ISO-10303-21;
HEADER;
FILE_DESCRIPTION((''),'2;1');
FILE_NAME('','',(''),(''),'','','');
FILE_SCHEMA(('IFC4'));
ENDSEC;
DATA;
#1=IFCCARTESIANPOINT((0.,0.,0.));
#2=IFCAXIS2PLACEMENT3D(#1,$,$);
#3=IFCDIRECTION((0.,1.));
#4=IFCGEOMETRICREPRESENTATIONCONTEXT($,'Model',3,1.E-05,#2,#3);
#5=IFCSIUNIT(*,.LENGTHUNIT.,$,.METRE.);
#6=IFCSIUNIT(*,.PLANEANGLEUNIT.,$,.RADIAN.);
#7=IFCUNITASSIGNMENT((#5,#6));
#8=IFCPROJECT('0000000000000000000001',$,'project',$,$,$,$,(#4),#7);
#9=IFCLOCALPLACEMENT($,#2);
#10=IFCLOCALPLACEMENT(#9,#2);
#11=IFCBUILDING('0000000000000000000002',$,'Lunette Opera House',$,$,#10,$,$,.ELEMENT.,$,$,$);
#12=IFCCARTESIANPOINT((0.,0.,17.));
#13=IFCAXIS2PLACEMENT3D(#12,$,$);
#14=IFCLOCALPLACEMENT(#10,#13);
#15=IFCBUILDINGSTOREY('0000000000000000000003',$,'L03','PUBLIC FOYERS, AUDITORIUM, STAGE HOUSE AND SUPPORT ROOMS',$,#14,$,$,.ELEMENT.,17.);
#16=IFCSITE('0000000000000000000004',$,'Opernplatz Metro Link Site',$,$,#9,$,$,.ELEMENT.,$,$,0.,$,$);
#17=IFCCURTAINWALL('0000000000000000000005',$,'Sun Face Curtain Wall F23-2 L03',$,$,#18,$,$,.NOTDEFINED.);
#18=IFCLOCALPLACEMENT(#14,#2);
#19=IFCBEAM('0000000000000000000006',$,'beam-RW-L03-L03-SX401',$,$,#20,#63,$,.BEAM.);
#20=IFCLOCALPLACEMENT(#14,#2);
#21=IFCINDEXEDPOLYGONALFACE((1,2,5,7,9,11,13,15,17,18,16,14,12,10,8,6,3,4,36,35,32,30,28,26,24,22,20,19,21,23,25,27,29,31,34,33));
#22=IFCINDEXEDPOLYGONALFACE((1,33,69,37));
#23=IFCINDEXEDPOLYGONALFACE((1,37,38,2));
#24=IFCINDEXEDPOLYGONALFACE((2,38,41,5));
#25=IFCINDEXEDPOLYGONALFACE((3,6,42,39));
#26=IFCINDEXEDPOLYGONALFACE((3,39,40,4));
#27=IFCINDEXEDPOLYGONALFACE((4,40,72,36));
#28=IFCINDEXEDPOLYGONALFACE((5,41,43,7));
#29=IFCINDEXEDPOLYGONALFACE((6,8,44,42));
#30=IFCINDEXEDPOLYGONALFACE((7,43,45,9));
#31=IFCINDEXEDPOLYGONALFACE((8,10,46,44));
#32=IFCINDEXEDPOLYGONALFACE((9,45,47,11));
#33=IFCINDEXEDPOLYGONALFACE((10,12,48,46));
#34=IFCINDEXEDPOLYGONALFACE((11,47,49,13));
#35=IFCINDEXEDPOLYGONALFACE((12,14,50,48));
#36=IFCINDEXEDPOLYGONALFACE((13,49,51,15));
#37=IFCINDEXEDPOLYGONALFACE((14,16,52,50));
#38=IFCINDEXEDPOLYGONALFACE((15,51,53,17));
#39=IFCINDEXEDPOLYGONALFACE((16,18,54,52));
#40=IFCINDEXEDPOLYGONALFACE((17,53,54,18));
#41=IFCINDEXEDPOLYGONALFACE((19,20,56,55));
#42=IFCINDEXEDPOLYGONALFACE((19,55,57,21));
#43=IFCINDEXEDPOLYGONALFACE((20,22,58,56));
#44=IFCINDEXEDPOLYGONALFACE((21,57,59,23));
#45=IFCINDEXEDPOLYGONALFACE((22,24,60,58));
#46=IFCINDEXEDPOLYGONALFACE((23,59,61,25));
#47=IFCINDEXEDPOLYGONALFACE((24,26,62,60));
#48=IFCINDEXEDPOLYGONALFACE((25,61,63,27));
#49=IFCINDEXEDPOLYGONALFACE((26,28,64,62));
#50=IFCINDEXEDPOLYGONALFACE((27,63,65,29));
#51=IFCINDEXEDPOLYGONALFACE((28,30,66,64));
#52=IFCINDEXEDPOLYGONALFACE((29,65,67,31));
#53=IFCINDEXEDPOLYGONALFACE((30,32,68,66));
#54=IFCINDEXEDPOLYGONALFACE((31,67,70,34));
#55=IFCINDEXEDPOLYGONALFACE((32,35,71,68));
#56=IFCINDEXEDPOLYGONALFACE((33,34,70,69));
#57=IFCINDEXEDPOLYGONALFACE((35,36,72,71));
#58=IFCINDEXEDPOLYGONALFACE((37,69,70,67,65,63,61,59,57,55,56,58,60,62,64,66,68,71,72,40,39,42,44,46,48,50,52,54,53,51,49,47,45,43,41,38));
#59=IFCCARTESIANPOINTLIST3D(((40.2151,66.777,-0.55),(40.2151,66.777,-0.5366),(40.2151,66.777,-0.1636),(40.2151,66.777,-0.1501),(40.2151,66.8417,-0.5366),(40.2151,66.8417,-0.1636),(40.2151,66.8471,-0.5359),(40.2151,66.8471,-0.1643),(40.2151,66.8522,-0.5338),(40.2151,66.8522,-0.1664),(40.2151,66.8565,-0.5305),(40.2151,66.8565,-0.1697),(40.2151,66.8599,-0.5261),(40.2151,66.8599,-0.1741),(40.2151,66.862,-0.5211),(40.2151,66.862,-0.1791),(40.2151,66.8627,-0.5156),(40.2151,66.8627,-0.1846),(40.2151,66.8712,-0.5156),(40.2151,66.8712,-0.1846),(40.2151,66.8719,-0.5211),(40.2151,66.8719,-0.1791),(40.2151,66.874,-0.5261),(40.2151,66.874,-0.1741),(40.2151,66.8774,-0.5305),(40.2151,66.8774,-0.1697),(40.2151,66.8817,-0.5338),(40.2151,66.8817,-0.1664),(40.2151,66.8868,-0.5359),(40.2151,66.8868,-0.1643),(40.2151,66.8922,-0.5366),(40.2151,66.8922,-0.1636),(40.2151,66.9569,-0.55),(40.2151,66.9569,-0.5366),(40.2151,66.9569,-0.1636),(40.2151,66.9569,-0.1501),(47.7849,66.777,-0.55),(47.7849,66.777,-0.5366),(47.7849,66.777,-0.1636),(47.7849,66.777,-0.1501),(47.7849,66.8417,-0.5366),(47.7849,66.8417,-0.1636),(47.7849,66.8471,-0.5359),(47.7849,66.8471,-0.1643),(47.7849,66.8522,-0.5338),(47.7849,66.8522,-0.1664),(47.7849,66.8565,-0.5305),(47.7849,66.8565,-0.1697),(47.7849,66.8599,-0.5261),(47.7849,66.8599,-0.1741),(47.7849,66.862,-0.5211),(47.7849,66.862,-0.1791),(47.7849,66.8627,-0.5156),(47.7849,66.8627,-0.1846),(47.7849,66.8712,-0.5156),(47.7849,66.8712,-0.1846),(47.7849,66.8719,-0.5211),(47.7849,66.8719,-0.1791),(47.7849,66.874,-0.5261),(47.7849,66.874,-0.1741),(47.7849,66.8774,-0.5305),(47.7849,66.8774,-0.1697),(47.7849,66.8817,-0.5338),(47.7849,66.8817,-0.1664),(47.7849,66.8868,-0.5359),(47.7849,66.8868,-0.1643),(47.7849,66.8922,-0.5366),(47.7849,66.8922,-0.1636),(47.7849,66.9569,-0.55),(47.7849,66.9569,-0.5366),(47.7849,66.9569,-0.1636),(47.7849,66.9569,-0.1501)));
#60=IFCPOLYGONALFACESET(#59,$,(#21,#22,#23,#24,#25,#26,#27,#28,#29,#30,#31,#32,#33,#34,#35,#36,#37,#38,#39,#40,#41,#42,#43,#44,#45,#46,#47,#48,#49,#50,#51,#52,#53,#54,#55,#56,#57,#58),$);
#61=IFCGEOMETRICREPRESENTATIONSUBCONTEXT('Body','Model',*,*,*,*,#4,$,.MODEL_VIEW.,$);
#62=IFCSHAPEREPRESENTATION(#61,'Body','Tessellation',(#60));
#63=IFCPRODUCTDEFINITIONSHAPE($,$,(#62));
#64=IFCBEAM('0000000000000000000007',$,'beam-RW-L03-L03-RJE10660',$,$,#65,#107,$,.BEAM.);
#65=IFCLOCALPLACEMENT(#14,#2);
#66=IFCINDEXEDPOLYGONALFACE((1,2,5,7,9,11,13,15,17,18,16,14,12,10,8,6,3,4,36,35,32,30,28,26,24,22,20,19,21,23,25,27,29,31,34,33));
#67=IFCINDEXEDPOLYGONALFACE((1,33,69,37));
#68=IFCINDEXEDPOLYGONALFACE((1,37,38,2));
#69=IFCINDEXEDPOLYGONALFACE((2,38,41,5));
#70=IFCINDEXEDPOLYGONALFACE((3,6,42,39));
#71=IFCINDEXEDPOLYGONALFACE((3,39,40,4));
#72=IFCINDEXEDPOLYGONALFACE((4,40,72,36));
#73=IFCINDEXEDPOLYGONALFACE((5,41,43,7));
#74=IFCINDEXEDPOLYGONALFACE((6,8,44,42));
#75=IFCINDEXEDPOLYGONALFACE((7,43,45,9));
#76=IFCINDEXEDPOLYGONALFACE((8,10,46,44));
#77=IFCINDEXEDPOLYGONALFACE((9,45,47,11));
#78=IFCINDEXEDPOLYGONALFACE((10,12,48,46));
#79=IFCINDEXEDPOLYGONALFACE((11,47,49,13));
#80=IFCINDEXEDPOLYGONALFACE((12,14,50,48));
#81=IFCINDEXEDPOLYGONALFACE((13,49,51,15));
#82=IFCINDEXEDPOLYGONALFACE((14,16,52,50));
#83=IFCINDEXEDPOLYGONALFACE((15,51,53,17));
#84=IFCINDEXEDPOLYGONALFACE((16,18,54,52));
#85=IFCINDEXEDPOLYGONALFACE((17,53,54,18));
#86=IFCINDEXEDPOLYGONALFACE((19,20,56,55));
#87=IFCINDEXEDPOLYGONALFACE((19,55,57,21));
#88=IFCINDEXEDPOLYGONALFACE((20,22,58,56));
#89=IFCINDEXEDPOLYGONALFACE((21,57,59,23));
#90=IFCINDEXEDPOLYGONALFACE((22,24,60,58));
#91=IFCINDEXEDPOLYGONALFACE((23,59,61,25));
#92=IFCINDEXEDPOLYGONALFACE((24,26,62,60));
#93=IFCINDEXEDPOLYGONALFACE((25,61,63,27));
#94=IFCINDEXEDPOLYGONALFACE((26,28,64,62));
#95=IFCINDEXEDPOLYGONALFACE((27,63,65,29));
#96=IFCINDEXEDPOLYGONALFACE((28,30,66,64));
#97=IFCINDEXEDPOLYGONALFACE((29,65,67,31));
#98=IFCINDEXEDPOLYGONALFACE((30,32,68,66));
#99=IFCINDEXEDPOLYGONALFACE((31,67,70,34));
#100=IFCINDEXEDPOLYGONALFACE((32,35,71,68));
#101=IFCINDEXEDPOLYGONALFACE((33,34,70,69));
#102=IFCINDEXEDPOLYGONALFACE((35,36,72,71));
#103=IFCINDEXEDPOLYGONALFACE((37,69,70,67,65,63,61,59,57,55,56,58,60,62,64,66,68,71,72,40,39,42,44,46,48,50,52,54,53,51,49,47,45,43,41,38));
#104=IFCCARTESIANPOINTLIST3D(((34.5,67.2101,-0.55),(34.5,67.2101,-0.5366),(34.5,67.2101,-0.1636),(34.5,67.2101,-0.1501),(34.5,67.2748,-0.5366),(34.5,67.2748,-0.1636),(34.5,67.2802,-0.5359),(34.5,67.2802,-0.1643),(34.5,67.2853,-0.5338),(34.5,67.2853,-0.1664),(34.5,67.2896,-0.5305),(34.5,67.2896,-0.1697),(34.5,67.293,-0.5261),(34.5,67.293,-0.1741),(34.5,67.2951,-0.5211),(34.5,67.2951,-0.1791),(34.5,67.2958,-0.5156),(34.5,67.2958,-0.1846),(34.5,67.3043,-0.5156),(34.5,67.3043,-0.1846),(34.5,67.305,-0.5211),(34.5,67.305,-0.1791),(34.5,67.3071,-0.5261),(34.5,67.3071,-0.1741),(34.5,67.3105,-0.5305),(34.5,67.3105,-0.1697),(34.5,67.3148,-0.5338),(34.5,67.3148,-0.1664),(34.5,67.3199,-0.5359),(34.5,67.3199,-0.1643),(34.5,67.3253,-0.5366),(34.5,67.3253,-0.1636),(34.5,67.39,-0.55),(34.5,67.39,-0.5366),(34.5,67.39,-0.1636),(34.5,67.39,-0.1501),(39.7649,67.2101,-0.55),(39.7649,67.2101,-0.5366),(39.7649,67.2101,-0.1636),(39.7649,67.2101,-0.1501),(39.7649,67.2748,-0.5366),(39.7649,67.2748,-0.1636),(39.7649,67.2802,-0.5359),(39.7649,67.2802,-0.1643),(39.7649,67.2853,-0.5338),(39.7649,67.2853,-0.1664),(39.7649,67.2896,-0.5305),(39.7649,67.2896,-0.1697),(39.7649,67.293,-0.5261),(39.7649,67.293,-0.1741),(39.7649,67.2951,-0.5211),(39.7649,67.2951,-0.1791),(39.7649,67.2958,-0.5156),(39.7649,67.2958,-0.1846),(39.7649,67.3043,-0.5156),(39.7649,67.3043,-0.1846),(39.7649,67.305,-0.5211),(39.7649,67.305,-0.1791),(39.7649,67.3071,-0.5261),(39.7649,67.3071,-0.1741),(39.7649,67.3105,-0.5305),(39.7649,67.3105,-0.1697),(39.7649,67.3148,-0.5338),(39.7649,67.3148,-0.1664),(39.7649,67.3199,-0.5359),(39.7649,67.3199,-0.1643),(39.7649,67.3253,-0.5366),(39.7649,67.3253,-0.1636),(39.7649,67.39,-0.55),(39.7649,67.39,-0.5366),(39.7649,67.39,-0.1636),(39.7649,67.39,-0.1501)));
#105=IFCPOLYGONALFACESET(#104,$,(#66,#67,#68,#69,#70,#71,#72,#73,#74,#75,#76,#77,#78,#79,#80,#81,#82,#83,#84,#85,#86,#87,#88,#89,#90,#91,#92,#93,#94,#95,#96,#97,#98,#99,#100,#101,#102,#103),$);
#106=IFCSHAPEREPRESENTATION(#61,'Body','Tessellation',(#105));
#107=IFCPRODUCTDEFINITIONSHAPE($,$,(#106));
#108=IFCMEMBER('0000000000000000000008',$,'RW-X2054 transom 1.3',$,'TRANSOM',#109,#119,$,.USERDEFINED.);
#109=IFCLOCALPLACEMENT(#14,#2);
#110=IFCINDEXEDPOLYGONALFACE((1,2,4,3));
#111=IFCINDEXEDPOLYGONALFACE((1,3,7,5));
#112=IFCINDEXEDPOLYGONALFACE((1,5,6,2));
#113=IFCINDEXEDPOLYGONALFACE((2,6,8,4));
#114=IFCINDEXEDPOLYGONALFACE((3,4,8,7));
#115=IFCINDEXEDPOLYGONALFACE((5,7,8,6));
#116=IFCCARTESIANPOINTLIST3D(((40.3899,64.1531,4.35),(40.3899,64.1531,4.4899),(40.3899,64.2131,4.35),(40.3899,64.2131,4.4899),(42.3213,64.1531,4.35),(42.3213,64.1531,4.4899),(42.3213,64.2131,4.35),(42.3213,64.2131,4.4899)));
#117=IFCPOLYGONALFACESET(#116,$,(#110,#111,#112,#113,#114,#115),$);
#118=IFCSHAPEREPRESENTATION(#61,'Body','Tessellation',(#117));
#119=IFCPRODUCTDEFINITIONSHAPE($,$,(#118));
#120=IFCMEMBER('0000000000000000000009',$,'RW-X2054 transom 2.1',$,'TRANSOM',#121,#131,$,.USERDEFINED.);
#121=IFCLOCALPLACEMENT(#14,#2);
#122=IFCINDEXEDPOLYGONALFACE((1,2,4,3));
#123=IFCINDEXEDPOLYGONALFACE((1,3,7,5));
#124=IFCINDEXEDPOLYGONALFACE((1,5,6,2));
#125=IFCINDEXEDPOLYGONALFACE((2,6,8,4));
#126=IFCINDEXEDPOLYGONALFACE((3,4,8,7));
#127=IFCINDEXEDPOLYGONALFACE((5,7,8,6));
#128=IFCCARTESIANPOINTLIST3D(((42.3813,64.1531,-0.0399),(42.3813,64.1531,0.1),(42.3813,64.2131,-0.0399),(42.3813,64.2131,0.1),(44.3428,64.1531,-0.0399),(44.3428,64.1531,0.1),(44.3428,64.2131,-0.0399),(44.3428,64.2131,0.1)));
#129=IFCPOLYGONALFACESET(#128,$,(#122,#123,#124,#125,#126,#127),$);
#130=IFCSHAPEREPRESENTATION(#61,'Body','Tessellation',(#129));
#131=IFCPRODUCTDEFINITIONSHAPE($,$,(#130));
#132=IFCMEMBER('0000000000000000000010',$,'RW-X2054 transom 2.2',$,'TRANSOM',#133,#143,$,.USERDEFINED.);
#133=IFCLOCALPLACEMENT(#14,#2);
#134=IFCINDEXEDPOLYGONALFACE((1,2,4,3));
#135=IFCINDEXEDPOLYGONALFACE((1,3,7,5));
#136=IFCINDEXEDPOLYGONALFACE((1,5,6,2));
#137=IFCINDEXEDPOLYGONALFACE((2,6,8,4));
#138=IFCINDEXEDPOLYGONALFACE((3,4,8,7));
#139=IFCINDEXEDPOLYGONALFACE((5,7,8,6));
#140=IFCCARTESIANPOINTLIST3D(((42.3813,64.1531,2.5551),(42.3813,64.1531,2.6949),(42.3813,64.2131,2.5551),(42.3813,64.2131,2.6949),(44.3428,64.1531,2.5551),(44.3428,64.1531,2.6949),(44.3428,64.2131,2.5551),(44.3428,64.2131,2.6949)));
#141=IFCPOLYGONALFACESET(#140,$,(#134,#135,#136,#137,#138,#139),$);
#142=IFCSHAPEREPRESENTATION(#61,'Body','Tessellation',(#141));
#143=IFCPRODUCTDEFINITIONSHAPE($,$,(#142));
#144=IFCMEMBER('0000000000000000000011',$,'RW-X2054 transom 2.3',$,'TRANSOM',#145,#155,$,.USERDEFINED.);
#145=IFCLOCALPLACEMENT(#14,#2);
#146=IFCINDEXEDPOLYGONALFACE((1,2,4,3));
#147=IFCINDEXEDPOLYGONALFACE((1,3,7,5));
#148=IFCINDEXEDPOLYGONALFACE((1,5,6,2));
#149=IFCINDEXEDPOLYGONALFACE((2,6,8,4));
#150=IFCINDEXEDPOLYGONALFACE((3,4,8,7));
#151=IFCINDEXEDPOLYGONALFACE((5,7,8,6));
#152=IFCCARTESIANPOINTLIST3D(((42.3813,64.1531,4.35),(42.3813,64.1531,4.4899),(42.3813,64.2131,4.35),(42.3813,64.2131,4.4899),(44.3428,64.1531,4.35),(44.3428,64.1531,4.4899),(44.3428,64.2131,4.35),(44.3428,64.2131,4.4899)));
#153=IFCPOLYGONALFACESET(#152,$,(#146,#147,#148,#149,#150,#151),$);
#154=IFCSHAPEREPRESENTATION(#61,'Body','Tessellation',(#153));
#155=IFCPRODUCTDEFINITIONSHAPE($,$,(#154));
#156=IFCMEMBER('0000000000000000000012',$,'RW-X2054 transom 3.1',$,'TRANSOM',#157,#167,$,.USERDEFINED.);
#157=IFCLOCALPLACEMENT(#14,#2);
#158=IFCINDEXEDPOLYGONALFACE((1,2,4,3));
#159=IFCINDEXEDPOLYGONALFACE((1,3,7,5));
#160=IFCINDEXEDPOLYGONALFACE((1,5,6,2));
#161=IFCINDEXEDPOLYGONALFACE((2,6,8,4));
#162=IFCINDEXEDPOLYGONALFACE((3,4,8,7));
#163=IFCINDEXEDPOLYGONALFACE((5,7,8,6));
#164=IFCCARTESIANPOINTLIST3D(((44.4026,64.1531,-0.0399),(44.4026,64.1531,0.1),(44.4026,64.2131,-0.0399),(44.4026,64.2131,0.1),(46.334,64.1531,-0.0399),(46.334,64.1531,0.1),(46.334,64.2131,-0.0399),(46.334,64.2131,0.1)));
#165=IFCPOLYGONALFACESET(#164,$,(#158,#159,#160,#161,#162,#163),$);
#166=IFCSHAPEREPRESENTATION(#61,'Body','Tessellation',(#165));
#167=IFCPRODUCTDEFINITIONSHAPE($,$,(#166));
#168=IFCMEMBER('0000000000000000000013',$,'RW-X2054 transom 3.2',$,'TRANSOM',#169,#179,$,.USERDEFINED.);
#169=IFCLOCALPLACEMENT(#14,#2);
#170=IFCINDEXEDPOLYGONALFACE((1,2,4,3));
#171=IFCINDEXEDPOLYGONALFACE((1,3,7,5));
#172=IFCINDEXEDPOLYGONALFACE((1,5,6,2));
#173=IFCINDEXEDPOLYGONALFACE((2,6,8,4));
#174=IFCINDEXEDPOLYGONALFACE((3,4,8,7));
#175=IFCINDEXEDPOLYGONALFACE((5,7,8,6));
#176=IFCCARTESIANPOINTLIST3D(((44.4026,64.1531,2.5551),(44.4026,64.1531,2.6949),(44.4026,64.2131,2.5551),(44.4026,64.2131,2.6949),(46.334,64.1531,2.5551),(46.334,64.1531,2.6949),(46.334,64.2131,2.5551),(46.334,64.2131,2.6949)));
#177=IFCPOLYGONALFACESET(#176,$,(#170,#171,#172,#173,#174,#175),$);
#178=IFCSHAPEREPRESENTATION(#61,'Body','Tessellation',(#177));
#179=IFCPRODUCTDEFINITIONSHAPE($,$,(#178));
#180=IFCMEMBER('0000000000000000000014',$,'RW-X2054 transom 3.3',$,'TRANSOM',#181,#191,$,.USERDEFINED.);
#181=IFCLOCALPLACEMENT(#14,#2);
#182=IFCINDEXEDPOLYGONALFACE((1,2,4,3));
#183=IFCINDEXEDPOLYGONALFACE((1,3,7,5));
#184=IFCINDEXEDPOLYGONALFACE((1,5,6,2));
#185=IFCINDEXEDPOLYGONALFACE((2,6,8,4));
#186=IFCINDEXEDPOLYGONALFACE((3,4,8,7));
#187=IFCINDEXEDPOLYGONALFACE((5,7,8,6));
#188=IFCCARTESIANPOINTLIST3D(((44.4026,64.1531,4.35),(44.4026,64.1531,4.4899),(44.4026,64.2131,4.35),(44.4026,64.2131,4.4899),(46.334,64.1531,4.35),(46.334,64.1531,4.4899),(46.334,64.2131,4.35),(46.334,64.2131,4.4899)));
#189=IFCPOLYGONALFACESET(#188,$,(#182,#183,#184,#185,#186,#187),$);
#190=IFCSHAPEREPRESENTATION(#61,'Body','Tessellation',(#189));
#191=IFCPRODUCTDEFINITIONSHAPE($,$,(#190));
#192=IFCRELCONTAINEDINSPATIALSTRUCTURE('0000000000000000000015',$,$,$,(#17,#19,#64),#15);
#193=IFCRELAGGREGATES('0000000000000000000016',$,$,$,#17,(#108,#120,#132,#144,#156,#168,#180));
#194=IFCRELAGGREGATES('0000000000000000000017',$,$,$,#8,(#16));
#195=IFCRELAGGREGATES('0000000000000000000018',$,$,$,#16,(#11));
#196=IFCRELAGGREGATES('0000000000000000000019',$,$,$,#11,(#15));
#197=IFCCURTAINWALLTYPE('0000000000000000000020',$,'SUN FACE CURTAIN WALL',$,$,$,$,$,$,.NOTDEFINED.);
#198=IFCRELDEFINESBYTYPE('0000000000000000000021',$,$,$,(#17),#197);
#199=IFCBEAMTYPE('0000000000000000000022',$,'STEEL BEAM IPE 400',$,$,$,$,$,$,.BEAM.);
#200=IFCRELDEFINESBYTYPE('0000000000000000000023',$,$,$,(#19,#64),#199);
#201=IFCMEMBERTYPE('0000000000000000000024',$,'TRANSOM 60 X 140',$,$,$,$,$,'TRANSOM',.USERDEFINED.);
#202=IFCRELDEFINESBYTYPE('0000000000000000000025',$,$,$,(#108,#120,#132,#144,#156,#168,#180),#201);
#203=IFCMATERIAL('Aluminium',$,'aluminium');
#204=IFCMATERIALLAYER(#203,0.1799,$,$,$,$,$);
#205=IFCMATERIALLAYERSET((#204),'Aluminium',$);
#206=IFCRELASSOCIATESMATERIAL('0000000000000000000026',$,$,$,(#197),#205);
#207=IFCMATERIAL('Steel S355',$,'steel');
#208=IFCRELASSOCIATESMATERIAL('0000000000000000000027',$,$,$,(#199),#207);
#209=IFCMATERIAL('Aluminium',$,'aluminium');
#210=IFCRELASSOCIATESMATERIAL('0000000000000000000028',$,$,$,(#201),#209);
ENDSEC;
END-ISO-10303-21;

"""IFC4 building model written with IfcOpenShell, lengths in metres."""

from ifc_helpers import new_model, si_unit, direction, frame, origin, origin_2d, place, context, subcontext, project, spatial, rectangle, i_section, extrude, material, layer, layer_set, material_profile, profile_set, type_object, element, aggregate, save


model = new_model("IFC4")

# Units and contexts
model_context = context("Model", 3, precision=1e-05, world=origin(), true_north=direction((0.0, 1.0)))
body_context = subcontext(model_context, "Body", "Model", "MODEL_VIEW")
ifc_project = project(units=[si_unit("LENGTHUNIT", "METRE"), si_unit("PLANEANGLEUNIT", "RADIAN")], contexts=[model_context])

# Site, building, storey
site_placement = place(None, origin())
site = spatial("IfcSite", under=ifc_project, at=site_placement, Name="Opernplatz Metro Link Site", CompositionType="ELEMENT", RefElevation=0.0)
building_placement = place(site_placement, origin())
building = spatial("IfcBuilding", under=site, at=building_placement, Name="Lunette Opera House", CompositionType="ELEMENT")
storey_placement = place(building_placement, frame((0.0, 0.0, 17.0)))
storey = spatial("IfcBuildingStorey", under=building, at=storey_placement, Name="L03", Description="PUBLIC FOYERS, AUDITORIUM, STAGE HOUSE AND SUPPORT ROOMS", CompositionType="ELEMENT", Elevation=17.0)

# Curtain wall
ifc_material_1 = material(Name="Aluminium", Category="aluminium")
ifc_layer_1 = layer(ifc_material_1, 0.1799)
ifc_layer_set_1 = layer_set([ifc_layer_1], Name="Aluminium")
curtain_wall_type = type_object("IfcCurtainWallType", Name="SUN FACE CURTAIN WALL", PredefinedType="NOTDEFINED", material=ifc_layer_set_1)
curtain_wall_1_placement = place(storey_placement, origin())
curtain_wall_1 = element("IfcCurtainWall", 1, at=curtain_wall_1_placement, inside=storey, type_object=curtain_wall_type, Name="Sun Face Curtain Wall F23-2 L03", PredefinedType="NOTDEFINED")

# Beams
ifc_material_2 = material(Name="Steel S355", Category="steel")
ifc_material_profile_1 = material_profile(ifc_material_2, i_section(OverallWidth=0.1799, OverallDepth=0.3999, WebThickness=0.0085, FlangeThickness=0.0134, FilletRadius=0.021, at=origin_2d()), Name="IPE 400")
ifc_profile_set_1 = profile_set([ifc_material_profile_1], Name="Steel S355")
beam_type_1 = type_object("IfcBeamType", Name="STEEL BEAM IPE 400", PredefinedType="BEAM", material=ifc_profile_set_1)
beam_1_placement = place(storey_placement, frame((40.2151, 66.8669, -0.3501), z_axis=(1.0, 0.0, 0.0), x_axis=(0.0, 1.0, 0.0)))
element("IfcBeam", 2, at=beam_1_placement, inside=storey, type_object=beam_type_1, Name="beam-RW-L03-L03-SX401", PredefinedType="BEAM", context=body_context, shape_type="SweptSolid", body=[
    extrude(i_section(OverallWidth=0.1799, OverallDepth=0.3999, WebThickness=0.0085, FlangeThickness=0.0134, FilletRadius=0.021, at=origin_2d()), origin(), (0.0, 0.0, 1.0), 7.5698),
])
beam_2_placement = place(storey_placement, frame((34.5, 67.3, -0.3501), z_axis=(1.0, 0.0, 0.0), x_axis=(0.0, 1.0, 0.0)))
element("IfcBeam", 3, at=beam_2_placement, inside=storey, type_object=beam_type_1, Name="beam-RW-L03-L03-RJE10660", PredefinedType="BEAM", context=body_context, shape_type="SweptSolid", body=[
    extrude(i_section(OverallWidth=0.1799, OverallDepth=0.3999, WebThickness=0.0085, FlangeThickness=0.0134, FilletRadius=0.021, at=origin_2d()), origin(), (0.0, 0.0, 1.0), 5.2649),
])

# Members
ifc_material_3 = material(Name="Aluminium", Category="aluminium")
ifc_material_profile_2 = material_profile(ifc_material_3, rectangle(XDim=0.0601, YDim=0.1399, at=origin_2d()), Name="TRANSOM 60 X 140")
ifc_profile_set_2 = profile_set([ifc_material_profile_2], Name="Aluminium")
member_type_1 = type_object("IfcMemberType", Name="TRANSOM 60 X 140", ElementType="TRANSOM", PredefinedType="USERDEFINED", material=ifc_profile_set_2)
member_1_placement = place(storey_placement, frame((40.3899, 64.1831, 4.4199), z_axis=(1.0, 0.0, 0.0), x_axis=(0.0, 1.0, 0.0)))
member_1 = element("IfcMember", 4, at=member_1_placement, type_object=member_type_1, Name="RW-X2054 transom 1.3", ObjectType="TRANSOM", PredefinedType="USERDEFINED", context=body_context, shape_type="SweptSolid", body=[
    extrude(rectangle(XDim=0.0601, YDim=0.1399, at=origin_2d()), origin(), (0.0, 0.0, 1.0), 1.9314),
])
member_2_placement = place(storey_placement, frame((42.3813, 64.1831, 0.03), z_axis=(1.0, 0.0, 0.0), x_axis=(0.0, 1.0, 0.0)))
member_2 = element("IfcMember", 5, at=member_2_placement, type_object=member_type_1, Name="RW-X2054 transom 2.1", ObjectType="TRANSOM", PredefinedType="USERDEFINED", context=body_context, shape_type="SweptSolid", body=[
    extrude(rectangle(XDim=0.0601, YDim=0.1399, at=origin_2d()), origin(), (0.0, 0.0, 1.0), 1.9614),
])
member_3_placement = place(storey_placement, frame((42.3813, 64.1831, 2.625), z_axis=(1.0, 0.0, 0.0), x_axis=(0.0, 1.0, 0.0)))
member_3 = element("IfcMember", 6, at=member_3_placement, type_object=member_type_1, Name="RW-X2054 transom 2.2", ObjectType="TRANSOM", PredefinedType="USERDEFINED", context=body_context, shape_type="SweptSolid", body=[
    extrude(rectangle(XDim=0.0601, YDim=0.1399, at=origin_2d()), origin(), (0.0, 0.0, 1.0), 1.9614),
])
member_4_placement = place(storey_placement, frame((42.3813, 64.1831, 4.4199), z_axis=(1.0, 0.0, 0.0), x_axis=(0.0, 1.0, 0.0)))
member_4 = element("IfcMember", 7, at=member_4_placement, type_object=member_type_1, Name="RW-X2054 transom 2.3", ObjectType="TRANSOM", PredefinedType="USERDEFINED", context=body_context, shape_type="SweptSolid", body=[
    extrude(rectangle(XDim=0.0601, YDim=0.1399, at=origin_2d()), origin(), (0.0, 0.0, 1.0), 1.9614),
])
member_5_placement = place(storey_placement, frame((44.4026, 64.1831, 0.03), z_axis=(1.0, 0.0, 0.0), x_axis=(0.0, 1.0, 0.0)))
member_5 = element("IfcMember", 8, at=member_5_placement, type_object=member_type_1, Name="RW-X2054 transom 3.1", ObjectType="TRANSOM", PredefinedType="USERDEFINED", context=body_context, shape_type="SweptSolid", body=[
    extrude(rectangle(XDim=0.0601, YDim=0.1399, at=origin_2d()), origin(), (0.0, 0.0, 1.0), 1.9314),
])
member_6_placement = place(storey_placement, frame((44.4026, 64.1831, 2.625), z_axis=(1.0, 0.0, 0.0), x_axis=(0.0, 1.0, 0.0)))
member_6 = element("IfcMember", 9, at=member_6_placement, type_object=member_type_1, Name="RW-X2054 transom 3.2", ObjectType="TRANSOM", PredefinedType="USERDEFINED", context=body_context, shape_type="SweptSolid", body=[
    extrude(rectangle(XDim=0.0601, YDim=0.1399, at=origin_2d()), origin(), (0.0, 0.0, 1.0), 1.9314),
])
member_7_placement = place(storey_placement, frame((44.4026, 64.1831, 4.4199), z_axis=(1.0, 0.0, 0.0), x_axis=(0.0, 1.0, 0.0)))
member_7 = element("IfcMember", 10, at=member_7_placement, type_object=member_type_1, Name="RW-X2054 transom 3.3", ObjectType="TRANSOM", PredefinedType="USERDEFINED", context=body_context, shape_type="SweptSolid", body=[
    extrude(rectangle(XDim=0.0601, YDim=0.1399, at=origin_2d()), origin(), (0.0, 0.0, 1.0), 1.9314),
])

aggregate(curtain_wall_1, [member_1, member_2, member_3, member_4, member_5, member_6, member_7])

save(model, "model.ifc")
